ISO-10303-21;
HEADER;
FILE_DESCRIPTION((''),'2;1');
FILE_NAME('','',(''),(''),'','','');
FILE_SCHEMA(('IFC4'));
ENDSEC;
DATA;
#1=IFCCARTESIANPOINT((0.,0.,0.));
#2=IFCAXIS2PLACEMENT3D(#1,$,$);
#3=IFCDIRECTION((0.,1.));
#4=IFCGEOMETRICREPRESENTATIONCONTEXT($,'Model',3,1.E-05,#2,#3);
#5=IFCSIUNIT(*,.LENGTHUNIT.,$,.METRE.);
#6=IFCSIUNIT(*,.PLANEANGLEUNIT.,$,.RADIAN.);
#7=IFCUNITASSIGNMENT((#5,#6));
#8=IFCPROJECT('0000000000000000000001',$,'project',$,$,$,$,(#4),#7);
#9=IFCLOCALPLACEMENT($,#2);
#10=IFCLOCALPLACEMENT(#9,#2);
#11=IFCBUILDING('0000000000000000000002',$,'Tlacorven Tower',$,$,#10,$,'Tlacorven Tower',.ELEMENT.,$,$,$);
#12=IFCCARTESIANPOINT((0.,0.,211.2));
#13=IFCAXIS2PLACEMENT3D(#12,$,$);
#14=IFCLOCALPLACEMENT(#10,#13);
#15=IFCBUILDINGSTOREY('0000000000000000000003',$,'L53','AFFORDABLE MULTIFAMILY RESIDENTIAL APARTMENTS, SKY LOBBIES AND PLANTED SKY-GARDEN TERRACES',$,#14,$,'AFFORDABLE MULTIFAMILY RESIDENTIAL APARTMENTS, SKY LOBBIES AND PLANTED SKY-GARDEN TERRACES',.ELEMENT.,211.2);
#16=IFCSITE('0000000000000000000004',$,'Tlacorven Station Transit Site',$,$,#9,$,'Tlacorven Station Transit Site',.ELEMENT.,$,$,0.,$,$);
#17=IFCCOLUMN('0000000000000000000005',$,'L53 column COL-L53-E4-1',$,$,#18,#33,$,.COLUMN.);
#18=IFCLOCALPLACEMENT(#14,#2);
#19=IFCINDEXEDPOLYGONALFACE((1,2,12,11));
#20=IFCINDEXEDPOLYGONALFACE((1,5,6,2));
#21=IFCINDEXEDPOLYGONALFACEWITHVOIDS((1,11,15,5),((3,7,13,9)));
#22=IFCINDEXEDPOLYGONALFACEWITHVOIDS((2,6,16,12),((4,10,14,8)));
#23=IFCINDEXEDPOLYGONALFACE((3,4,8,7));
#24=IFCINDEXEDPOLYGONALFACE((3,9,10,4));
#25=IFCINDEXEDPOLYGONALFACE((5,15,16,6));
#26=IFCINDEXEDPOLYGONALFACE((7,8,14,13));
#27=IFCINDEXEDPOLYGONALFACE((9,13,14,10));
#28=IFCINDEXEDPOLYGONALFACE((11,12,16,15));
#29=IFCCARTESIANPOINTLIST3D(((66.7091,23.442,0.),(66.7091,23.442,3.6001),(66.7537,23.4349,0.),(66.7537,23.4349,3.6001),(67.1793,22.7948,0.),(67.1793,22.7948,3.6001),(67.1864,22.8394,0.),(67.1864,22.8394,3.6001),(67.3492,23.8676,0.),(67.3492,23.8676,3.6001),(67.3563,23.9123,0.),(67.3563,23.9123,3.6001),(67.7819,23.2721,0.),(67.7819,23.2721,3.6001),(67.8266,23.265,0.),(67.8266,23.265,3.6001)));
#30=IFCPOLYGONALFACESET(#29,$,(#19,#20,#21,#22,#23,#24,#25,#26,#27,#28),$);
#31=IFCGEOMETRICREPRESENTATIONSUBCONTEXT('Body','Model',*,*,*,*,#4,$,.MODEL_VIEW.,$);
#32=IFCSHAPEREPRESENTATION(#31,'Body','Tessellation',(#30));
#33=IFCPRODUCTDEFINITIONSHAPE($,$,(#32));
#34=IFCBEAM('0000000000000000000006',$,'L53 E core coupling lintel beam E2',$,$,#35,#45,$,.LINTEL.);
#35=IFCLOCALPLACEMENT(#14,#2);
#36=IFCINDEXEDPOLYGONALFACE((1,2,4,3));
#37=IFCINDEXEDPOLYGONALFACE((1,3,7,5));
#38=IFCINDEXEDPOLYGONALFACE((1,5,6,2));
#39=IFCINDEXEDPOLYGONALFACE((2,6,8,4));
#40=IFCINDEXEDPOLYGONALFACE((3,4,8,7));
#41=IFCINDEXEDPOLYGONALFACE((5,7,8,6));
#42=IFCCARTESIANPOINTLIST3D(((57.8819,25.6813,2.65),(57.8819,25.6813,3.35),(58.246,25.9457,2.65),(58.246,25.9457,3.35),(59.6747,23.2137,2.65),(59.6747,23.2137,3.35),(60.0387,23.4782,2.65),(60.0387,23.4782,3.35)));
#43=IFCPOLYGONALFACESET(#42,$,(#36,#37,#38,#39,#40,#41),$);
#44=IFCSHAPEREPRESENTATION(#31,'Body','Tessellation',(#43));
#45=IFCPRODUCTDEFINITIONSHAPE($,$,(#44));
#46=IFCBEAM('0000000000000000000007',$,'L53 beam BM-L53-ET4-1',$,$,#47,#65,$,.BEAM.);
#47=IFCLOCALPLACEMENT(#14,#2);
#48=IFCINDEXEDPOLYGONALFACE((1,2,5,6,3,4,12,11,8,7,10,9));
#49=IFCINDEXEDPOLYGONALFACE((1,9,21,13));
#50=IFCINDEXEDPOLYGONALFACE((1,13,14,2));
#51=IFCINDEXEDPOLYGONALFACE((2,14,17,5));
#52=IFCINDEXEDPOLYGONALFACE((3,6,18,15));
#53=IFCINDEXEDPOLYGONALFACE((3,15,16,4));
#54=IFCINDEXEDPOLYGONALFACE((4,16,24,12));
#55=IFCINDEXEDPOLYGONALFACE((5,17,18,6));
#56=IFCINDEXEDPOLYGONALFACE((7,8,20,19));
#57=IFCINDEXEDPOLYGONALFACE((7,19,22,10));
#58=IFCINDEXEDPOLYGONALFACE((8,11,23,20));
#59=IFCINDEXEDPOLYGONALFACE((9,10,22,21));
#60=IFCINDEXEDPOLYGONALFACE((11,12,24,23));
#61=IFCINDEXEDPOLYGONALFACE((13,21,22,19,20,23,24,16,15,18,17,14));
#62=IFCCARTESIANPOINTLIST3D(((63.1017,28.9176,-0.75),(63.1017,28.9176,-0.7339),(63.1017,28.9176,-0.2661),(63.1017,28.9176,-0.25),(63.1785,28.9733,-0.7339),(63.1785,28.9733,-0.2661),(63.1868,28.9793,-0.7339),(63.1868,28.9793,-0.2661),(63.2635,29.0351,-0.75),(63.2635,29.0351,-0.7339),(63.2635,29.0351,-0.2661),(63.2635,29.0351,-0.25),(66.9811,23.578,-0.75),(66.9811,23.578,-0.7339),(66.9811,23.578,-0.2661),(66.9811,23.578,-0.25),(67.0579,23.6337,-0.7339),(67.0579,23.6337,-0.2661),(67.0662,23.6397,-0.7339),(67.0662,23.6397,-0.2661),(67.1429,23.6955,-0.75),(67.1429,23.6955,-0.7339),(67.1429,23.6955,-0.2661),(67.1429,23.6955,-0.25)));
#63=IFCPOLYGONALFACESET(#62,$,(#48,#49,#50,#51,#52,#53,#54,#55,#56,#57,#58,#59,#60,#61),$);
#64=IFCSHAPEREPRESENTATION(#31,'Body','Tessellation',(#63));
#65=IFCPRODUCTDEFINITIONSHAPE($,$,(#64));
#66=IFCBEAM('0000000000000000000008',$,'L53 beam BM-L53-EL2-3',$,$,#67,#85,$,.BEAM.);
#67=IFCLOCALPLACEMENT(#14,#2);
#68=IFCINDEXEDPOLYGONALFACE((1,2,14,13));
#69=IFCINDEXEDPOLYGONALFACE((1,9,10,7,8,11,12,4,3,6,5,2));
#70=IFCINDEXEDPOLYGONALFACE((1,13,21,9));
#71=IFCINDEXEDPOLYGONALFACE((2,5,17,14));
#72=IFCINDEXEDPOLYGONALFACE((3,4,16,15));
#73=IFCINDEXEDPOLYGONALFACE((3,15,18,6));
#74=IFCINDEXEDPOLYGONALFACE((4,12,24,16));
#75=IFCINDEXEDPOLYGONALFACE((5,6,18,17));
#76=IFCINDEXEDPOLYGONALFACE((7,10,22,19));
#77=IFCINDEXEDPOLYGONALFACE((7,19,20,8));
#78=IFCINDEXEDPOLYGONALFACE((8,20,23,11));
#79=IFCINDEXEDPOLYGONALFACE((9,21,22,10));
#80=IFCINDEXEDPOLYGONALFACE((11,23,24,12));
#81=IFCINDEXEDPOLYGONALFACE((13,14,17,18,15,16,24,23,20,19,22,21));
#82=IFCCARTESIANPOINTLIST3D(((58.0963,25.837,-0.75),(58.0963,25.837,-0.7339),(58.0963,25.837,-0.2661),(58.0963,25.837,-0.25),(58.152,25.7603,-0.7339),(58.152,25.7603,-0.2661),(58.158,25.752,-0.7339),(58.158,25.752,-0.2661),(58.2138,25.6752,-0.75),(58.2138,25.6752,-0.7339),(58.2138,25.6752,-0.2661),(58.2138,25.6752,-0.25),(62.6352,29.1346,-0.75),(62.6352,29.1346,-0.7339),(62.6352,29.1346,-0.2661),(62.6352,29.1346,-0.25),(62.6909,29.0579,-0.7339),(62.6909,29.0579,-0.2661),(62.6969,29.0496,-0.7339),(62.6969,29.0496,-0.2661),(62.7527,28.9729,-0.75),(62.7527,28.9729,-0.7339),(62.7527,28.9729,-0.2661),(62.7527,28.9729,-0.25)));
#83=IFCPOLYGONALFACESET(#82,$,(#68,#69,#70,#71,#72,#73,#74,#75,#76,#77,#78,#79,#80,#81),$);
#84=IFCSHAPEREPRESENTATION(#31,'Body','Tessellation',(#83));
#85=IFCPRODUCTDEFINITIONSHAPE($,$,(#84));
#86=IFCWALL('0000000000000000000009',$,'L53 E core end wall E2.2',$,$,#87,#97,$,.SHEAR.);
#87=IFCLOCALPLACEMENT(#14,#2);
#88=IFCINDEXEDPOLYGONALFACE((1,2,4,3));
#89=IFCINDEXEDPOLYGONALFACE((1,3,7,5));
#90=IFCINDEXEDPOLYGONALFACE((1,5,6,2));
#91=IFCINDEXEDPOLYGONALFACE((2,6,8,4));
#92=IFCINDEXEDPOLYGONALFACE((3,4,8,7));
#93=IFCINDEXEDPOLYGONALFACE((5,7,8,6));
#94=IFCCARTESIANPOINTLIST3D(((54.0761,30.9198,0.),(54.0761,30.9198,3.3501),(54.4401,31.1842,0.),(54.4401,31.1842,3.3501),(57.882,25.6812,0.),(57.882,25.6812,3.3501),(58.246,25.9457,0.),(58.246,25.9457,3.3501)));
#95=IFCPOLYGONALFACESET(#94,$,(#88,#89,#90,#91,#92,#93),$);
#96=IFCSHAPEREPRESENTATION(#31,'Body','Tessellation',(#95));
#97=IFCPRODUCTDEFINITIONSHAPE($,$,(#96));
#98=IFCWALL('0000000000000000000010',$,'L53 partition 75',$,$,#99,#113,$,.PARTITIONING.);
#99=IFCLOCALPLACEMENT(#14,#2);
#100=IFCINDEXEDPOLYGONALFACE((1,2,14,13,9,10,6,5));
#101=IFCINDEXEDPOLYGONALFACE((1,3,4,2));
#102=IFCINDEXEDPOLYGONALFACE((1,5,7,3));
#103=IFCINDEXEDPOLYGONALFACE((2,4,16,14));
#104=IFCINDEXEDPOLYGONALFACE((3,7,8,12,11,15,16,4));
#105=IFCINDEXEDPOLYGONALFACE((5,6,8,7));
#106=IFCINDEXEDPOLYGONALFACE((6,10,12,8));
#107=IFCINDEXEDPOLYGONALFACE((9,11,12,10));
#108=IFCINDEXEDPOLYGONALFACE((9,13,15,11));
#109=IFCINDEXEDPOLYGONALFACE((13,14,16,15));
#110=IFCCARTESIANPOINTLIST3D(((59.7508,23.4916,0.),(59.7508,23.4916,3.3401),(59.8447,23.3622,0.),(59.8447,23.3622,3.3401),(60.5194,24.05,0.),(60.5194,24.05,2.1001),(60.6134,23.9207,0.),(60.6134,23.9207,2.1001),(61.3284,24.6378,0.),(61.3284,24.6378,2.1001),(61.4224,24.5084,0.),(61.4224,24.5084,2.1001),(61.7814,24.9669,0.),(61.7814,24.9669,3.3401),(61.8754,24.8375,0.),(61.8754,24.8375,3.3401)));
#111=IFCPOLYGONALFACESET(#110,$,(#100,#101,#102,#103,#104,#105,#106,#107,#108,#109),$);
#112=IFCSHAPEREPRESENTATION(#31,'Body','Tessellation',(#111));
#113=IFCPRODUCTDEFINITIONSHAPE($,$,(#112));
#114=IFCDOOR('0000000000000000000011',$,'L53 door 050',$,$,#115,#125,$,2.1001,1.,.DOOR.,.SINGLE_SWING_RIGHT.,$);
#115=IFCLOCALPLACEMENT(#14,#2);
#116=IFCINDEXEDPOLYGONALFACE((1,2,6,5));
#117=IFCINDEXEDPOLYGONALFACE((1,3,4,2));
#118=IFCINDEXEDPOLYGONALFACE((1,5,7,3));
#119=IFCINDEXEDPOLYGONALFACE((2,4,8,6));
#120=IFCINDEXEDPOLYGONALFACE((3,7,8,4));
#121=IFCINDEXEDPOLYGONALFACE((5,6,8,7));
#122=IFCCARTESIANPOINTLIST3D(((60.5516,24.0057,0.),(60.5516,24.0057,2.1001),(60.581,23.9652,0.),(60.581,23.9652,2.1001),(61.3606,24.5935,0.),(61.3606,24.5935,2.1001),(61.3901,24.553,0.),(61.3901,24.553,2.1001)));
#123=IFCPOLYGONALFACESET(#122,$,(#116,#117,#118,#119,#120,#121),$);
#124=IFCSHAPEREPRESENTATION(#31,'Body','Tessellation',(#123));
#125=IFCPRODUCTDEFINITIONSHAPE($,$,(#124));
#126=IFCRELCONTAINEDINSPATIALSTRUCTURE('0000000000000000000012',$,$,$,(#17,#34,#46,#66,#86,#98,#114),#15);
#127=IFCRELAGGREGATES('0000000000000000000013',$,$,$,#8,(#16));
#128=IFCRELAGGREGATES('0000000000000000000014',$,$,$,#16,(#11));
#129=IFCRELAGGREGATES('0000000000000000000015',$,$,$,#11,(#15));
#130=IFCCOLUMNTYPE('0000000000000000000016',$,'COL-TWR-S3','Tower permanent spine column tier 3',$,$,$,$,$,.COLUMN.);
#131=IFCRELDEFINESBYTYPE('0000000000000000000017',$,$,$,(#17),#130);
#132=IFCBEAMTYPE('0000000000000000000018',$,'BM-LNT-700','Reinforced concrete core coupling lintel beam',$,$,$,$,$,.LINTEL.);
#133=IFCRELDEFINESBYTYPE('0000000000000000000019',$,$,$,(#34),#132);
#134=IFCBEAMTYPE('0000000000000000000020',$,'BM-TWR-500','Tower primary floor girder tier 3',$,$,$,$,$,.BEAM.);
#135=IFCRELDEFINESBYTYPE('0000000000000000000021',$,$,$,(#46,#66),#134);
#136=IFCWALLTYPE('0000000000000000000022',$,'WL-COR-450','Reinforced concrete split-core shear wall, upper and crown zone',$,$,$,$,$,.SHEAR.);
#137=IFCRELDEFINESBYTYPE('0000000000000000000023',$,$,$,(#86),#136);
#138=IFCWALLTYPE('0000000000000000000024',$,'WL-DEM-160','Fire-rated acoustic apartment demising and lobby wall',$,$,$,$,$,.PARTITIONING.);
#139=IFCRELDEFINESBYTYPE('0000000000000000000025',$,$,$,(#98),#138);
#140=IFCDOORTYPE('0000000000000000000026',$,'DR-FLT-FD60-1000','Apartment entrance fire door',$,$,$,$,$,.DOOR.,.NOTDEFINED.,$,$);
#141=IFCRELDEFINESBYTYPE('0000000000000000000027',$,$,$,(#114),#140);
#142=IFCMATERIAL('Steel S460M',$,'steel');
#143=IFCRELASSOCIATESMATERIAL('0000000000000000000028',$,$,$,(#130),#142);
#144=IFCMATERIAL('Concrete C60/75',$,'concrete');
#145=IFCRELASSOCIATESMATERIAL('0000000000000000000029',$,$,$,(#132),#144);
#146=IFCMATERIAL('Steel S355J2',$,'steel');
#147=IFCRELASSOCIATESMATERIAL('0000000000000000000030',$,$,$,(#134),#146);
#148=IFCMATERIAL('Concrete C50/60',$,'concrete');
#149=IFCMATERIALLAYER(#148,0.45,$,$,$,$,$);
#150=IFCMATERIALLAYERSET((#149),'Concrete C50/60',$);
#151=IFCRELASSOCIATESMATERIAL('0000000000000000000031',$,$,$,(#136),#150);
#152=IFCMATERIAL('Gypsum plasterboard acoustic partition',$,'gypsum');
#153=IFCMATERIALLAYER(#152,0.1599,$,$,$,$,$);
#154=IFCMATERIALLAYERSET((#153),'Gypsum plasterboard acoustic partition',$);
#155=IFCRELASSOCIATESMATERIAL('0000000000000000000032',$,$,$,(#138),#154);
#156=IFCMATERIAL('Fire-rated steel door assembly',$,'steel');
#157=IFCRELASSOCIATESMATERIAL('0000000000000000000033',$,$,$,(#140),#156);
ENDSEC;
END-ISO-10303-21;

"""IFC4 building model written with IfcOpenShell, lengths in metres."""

from ifc_helpers import new_model, si_unit, direction, frame, frame_2d, origin, origin_2d, place, context, subcontext, project, spatial, rectangle, hollow_rectangle, i_section, extrude, source, transform, mapped, material, layer, layer_set, material_profile, profile_set, type_object, element, fill, save


model = new_model("IFC4")

# Units and contexts
model_context = context("Model", 3, precision=1e-05, world=origin(), true_north=direction((0.0, 1.0)))
body_context = subcontext(model_context, "Body", "Model", "MODEL_VIEW")
ifc_project = project(units=[si_unit("LENGTHUNIT", "METRE"), si_unit("PLANEANGLEUNIT", "RADIAN")], contexts=[model_context])

# Site, building, storey
site_placement = place(None, origin())
site = spatial("IfcSite", under=ifc_project, at=site_placement, Name="Tlacorven Station Transit Site", LongName="Tlacorven Station Transit Site", CompositionType="ELEMENT", RefElevation=0.0)
building_placement = place(site_placement, origin())
building = spatial("IfcBuilding", under=site, at=building_placement, Name="Tlacorven Tower", LongName="Tlacorven Tower", CompositionType="ELEMENT")
storey_placement = place(building_placement, frame((0.0, 0.0, 211.2)))
storey = spatial("IfcBuildingStorey", under=building, at=storey_placement, Name="L53", Description="AFFORDABLE MULTIFAMILY RESIDENTIAL APARTMENTS, SKY LOBBIES AND PLANTED SKY-GARDEN TERRACES", LongName="AFFORDABLE MULTIFAMILY RESIDENTIAL APARTMENTS, SKY LOBBIES AND PLANTED SKY-GARDEN TERRACES", CompositionType="ELEMENT", Elevation=211.2)

# Column
ifc_material_1 = material(Name="Steel S460M", Category="steel")
ifc_material_profile_1 = material_profile(ifc_material_1, hollow_rectangle(XDim=0.8, YDim=0.8, WallThickness=0.032, at=origin_2d()), Name="BOX 800X800X32")
ifc_profile_set_1 = profile_set([ifc_material_profile_1], Name="Steel S460M")
column_type = type_object("IfcColumnType", Name="COL-TWR-S3", Description="Tower permanent spine column tier 3", PredefinedType="COLUMN", material=ifc_profile_set_1)
shared_shape_1 = source(origin(), body_context, "Body", "SweptSolid", [
    extrude(hollow_rectangle(XDim=0.8, YDim=0.8, WallThickness=0.032, at=origin_2d()), origin(), (0.0, 0.0, 1.0), 3.6001),
])
column_placement = place(storey_placement, frame((67.2678, 23.3535, 0.0), z_axis=(0.0, 0.0, 1.0), x_axis=(0.809017, 0.587785, 0.0)))
element("IfcColumn", 1, at=column_placement, inside=storey, type_object=column_type, Name="L53 column COL-L53-E4-1", PredefinedType="COLUMN", context=body_context, shape_type="MappedRepresentation", body=[
    mapped(shared_shape_1, transform((0.0, 0.0, 0.0), scale=1.0)),
])

# Beams
ifc_material_2 = material(Name="Concrete C60/75", Category="concrete")
ifc_material_profile_2 = material_profile(ifc_material_2, rectangle(XDim=0.45, YDim=0.7, at=origin_2d()), Name="RC 450X700")
ifc_profile_set_2 = profile_set([ifc_material_profile_2], Name="Concrete C60/75")
beam_type_1 = type_object("IfcBeamType", Name="BM-LNT-700", Description="Reinforced concrete core coupling lintel beam", PredefinedType="LINTEL", material=ifc_profile_set_2)
shared_shape_2 = source(origin(), body_context, "Body", "SweptSolid", [
    extrude(rectangle(XDim=0.45, YDim=0.7, at=origin_2d()), origin(), (0.0, 0.0, 1.0), 3.05),
])
beam_1_placement = place(storey_placement, frame((59.8567, 23.3459, 3.0), z_axis=(-0.587777, 0.809023, 0.0), x_axis=(-0.809023, -0.587777, 0.0)))
element("IfcBeam", 2, at=beam_1_placement, inside=storey, type_object=beam_type_1, Name="L53 E core coupling lintel beam E2", PredefinedType="LINTEL", context=body_context, shape_type="MappedRepresentation", body=[
    mapped(shared_shape_2, transform((0.0, 0.0, 0.0), scale=1.0)),
])
ifc_material_3 = material(Name="Steel S355J2", Category="steel")
ifc_material_profile_3 = material_profile(ifc_material_3, i_section(OverallWidth=0.2, OverallDepth=0.5, WebThickness=0.0103, FlangeThickness=0.0161, at=origin_2d()), Name="IPE 500")
ifc_profile_set_3 = profile_set([ifc_material_profile_3], Name="Steel S355J2")
beam_type_2 = type_object("IfcBeamType", Name="BM-TWR-500", Description="Tower primary floor girder tier 3", PredefinedType="BEAM", material=ifc_profile_set_3)
shared_shape_3 = source(origin(), body_context, "Body", "SweptSolid", [
    extrude(i_section(OverallWidth=0.2, OverallDepth=0.5, WebThickness=0.0103, FlangeThickness=0.0161, at=origin_2d()), origin(), (0.0, 0.0, 1.0), 6.6001),
])
beam_2_placement = place(storey_placement, frame((67.062, 23.6367, -0.5), z_axis=(-0.58778, 0.809021, 0.0), x_axis=(-0.809021, -0.58778, 0.0)))
element("IfcBeam", 3, at=beam_2_placement, inside=storey, type_object=beam_type_2, Name="L53 beam BM-L53-ET4-1", PredefinedType="BEAM", context=body_context, shape_type="MappedRepresentation", body=[
    mapped(shared_shape_3, transform((0.0, 0.0, 0.0), scale=1.0)),
])
shared_shape_4 = source(origin(), body_context, "Body", "SweptSolid", [
    extrude(i_section(OverallWidth=0.2, OverallDepth=0.5, WebThickness=0.0103, FlangeThickness=0.0161, at=origin_2d()), origin(), (0.0, 0.0, 1.0), 5.6104),
])
beam_3_placement = place(storey_placement, frame((58.155, 25.7561, -0.5), z_axis=(0.80902, 0.587781, 0.0), x_axis=(-0.587781, 0.80902, 0.0)))
element("IfcBeam", 4, at=beam_3_placement, inside=storey, type_object=beam_type_2, Name="L53 beam BM-L53-EL2-3", PredefinedType="BEAM", context=body_context, shape_type="MappedRepresentation", body=[
    mapped(shared_shape_4, transform((0.0, 0.0, 0.0), scale=1.0)),
])

# Wall
ifc_material_4 = material(Name="Concrete C50/60", Category="concrete")
ifc_layer_1 = layer(ifc_material_4, 0.45)
ifc_layer_set_1 = layer_set([ifc_layer_1], Name="Concrete C50/60")
wall_type_1 = type_object("IfcWallType", Name="WL-COR-450", Description="Reinforced concrete split-core shear wall, upper and crown zone", PredefinedType="SHEAR", material=ifc_layer_set_1)
wall_1_placement = place(storey_placement, frame((58.064, 25.8135, 0.0), z_axis=(0.0, 0.0, 1.0), x_axis=(-0.587775, 0.809025, 0.0)))
element("IfcWall", 5, at=wall_1_placement, inside=storey, type_object=wall_type_1, Name="L53 E core end wall E2.2", PredefinedType="SHEAR", context=body_context, shape_type="SweptSolid", body=[
    extrude(rectangle(XDim=6.4751, YDim=0.45, at=frame_2d((3.2375, 0.0))), origin(), (0.0, 0.0, 1.0), 3.3501),
])

# Wall, opening, door
ifc_material_5 = material(Name="Gypsum plasterboard acoustic partition", Category="gypsum")
ifc_layer_2 = layer(ifc_material_5, 0.1599)
ifc_layer_set_2 = layer_set([ifc_layer_2], Name="Gypsum plasterboard acoustic partition")
wall_type_2 = type_object("IfcWallType", Name="WL-DEM-160", Description="Fire-rated acoustic apartment demising and lobby wall", PredefinedType="PARTITIONING", material=ifc_layer_set_2)
wall_2_placement = place(storey_placement, frame((59.7979, 23.427, 0.0), z_axis=(0.0, 0.0, 1.0), x_axis=(0.809035, 0.587761, 0.0)))
wall_2 = element("IfcWall", 6, at=wall_2_placement, inside=storey, type_object=wall_type_2, Name="L53 partition 75", PredefinedType="PARTITIONING", context=body_context, shape_type="SweptSolid", body=[
    extrude(rectangle(XDim=2.51, YDim=0.1599, at=frame_2d((1.2549, 0.0))), origin(), (0.0, 0.0, 1.0), 3.3401),
])
opening_1_placement = place(wall_2_placement, frame((0.95, 0.0, 0.0)))
opening_1 = element("IfcOpeningElement", 7, at=opening_1_placement, cuts=wall_2, PredefinedType="OPENING", context=body_context, shape_type="SweptSolid", body=[
    extrude(rectangle(XDim=1.0, YDim=2.1001, at=frame_2d((0.5, 1.05))), frame((0.0, 0.0898, 0.0), z_axis=(0.0, -1.0, 0.0), x_axis=(1.0, 0.0, 0.0)), (0.0, 0.0, 1.0), 0.1799),
])
ifc_material_6 = material(Name="Fire-rated steel door assembly", Category="steel")
door_type_1 = type_object("IfcDoorType", Name="DR-FLT-FD60-1000", Description="Apartment entrance fire door", OperationType="NOTDEFINED", PredefinedType="DOOR", material=ifc_material_6)
shared_shape_5 = source(origin(), body_context, "Body", "SweptSolid", [
    extrude(rectangle(XDim=1.0, YDim=2.1001, at=frame_2d((0.5, 1.05))), frame((0.0, 0.0249, 0.0), z_axis=(0.0, -1.0, 0.0), x_axis=(1.0, 0.0, 0.0)), (0.0, 0.0, 1.0), 0.05),
])
door_1_placement = place(opening_1_placement, frame((1.0, 0.0, 0.0), z_axis=(0.0, 0.0, 1.0), x_axis=(-1.0, 0.0, 0.0)))
door_1 = element("IfcDoor", 8, at=door_1_placement, inside=storey, type_object=door_type_1, Name="L53 door 050", OperationType="SINGLE_SWING_RIGHT", OverallHeight=2.1001, OverallWidth=1.0, PredefinedType="DOOR", context=body_context, shape_type="MappedRepresentation", body=[
    mapped(shared_shape_5, transform((0.0, 0.0, 0.0), scale=1.0)),
])
fill(opening_1, door_1)

save(model, "model.ifc")
